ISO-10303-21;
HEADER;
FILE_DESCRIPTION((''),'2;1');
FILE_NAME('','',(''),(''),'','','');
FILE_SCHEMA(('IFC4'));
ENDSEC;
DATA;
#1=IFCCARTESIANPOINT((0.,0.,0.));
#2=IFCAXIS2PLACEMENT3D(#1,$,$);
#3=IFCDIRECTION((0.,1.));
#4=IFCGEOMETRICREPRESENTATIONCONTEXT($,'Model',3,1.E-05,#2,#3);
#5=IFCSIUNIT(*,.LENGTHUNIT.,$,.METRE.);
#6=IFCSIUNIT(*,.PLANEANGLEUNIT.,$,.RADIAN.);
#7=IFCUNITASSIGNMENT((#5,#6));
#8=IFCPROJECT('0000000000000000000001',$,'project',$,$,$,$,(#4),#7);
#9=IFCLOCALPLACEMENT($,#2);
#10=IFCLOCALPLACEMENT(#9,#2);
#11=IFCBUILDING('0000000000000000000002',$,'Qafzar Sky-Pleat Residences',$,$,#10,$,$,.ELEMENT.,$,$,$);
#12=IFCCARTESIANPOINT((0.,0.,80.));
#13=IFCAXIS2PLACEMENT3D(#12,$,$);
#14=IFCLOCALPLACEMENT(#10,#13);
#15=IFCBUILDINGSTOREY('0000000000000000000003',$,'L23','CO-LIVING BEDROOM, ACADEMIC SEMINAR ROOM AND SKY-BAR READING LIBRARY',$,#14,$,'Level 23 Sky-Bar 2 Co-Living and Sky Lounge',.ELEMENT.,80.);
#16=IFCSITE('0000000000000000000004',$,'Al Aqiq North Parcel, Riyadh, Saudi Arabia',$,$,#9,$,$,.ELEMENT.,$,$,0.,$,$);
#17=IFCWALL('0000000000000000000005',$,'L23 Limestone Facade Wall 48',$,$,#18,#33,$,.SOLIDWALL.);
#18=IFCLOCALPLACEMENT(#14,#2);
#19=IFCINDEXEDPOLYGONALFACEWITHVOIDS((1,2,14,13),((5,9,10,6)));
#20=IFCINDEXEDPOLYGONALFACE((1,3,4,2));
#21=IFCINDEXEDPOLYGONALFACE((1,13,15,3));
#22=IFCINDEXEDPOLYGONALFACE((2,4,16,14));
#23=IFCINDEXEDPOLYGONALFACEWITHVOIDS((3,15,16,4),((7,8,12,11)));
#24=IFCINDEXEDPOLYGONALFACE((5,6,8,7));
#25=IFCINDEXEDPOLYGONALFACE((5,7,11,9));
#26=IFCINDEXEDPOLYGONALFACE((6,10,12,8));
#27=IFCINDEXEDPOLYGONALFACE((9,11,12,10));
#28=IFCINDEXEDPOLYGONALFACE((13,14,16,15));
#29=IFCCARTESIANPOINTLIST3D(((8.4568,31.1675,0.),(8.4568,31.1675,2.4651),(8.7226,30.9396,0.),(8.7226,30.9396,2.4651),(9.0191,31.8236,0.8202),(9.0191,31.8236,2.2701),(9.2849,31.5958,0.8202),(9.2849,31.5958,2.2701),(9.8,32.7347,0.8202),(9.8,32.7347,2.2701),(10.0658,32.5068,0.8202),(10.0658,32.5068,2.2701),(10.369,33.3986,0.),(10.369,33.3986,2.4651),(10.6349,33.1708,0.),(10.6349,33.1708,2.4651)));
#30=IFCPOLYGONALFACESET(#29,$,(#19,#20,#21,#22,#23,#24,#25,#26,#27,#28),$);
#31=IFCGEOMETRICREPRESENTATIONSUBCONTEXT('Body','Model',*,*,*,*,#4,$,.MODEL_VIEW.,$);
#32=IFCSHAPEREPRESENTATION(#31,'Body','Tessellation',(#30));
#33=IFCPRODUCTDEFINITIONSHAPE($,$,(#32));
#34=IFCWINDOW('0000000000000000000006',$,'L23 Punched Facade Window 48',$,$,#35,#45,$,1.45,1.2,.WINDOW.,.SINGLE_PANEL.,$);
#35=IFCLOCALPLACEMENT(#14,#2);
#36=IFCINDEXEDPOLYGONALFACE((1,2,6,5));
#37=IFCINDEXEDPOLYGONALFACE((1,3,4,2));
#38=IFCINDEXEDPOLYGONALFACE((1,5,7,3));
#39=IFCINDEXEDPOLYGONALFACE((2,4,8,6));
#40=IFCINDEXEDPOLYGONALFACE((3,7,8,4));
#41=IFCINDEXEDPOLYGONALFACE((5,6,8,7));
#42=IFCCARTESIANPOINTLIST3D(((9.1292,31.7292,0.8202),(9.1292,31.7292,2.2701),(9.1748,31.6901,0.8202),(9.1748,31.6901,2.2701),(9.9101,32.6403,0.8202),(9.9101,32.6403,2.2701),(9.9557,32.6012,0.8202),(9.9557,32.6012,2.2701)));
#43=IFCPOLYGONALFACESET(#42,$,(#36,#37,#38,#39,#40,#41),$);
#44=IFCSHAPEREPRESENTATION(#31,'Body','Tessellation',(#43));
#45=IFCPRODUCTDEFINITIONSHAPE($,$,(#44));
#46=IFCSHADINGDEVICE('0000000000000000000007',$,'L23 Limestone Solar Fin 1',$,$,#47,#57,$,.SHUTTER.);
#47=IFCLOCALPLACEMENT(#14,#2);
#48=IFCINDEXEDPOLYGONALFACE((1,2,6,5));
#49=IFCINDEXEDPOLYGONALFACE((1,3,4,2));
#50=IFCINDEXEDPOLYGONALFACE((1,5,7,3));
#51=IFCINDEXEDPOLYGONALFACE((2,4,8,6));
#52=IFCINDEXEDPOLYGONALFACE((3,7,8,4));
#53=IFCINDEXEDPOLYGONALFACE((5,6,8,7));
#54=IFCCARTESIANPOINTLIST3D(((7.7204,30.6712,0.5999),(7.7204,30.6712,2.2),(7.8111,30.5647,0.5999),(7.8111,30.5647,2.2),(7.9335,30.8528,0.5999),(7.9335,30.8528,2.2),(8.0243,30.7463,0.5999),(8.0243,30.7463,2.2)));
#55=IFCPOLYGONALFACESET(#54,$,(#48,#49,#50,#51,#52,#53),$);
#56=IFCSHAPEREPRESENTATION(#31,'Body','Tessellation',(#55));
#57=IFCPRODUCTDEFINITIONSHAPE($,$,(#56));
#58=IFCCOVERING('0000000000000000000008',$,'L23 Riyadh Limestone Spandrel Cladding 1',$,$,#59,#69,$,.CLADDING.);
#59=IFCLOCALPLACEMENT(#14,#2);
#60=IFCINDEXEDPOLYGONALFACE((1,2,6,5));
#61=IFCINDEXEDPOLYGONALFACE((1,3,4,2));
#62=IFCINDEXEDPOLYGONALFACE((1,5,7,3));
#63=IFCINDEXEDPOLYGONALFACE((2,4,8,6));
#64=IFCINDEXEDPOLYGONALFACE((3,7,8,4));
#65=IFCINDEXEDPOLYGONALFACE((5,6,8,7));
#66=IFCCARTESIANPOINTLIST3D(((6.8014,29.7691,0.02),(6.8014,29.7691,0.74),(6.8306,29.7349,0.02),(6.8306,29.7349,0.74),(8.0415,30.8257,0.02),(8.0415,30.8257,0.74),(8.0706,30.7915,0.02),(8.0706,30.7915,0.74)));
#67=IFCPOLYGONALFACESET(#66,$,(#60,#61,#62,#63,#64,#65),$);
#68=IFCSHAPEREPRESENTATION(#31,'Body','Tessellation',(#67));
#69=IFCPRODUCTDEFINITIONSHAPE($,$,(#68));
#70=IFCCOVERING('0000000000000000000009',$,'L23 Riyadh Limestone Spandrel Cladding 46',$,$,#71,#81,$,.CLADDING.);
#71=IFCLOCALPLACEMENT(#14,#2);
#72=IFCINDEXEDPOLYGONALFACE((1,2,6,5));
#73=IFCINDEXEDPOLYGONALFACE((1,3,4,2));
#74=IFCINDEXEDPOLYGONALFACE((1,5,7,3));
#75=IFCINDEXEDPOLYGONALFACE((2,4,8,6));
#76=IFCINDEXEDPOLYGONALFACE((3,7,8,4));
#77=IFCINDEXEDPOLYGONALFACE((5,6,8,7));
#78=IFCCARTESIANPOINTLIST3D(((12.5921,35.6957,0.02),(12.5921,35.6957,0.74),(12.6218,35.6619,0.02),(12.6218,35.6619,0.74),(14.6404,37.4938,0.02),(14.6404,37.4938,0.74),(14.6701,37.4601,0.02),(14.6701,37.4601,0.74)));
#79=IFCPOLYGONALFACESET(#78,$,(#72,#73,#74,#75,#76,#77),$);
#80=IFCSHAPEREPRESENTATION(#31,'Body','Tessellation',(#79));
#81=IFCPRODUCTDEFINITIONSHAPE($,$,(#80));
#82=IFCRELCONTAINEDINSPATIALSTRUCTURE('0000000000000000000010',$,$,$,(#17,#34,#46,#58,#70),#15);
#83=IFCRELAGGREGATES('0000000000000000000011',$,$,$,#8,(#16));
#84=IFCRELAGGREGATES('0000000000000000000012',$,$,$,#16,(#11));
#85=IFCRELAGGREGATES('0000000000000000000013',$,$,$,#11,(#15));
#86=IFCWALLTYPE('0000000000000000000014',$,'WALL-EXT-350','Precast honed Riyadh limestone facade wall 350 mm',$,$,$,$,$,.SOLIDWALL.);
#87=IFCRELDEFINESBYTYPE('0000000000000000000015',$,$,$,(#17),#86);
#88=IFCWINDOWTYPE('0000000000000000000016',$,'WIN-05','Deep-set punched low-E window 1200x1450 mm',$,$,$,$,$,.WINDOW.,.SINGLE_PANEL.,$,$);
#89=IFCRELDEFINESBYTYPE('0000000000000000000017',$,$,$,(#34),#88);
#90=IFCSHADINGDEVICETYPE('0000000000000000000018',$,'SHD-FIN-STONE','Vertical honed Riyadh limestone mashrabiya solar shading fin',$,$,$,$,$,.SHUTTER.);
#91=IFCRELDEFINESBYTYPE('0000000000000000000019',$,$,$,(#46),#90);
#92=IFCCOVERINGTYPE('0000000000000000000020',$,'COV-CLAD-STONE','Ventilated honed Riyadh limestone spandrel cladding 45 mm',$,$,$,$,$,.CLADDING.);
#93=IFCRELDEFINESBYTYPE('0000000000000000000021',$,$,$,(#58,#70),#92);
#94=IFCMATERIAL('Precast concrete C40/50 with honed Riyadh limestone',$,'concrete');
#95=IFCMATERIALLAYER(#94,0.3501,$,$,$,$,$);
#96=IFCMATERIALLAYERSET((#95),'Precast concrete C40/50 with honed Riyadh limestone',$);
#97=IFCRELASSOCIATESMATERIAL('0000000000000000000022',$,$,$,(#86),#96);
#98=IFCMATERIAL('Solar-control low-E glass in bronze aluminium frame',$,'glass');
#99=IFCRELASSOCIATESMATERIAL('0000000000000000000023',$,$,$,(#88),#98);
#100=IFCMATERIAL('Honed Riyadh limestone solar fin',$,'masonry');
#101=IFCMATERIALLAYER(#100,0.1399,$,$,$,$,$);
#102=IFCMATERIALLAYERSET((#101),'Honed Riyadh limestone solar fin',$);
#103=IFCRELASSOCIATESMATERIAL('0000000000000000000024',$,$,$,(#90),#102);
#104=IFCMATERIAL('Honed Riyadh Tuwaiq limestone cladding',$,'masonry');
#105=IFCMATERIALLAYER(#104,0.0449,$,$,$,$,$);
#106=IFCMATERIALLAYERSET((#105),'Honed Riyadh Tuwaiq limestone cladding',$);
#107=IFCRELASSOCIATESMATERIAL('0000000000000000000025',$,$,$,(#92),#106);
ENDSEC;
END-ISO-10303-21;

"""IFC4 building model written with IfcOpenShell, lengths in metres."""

from ifc_helpers import new_model, si_unit, direction, frame, frame_2d, origin, origin_2d, place, context, subcontext, project, spatial, rectangle, extrude, source, transform, mapped, material, layer, layer_set, type_object, element, fill, save


model = new_model("IFC4")

# Units and contexts
model_context = context("Model", 3, precision=1e-05, world=origin(), true_north=direction((0.0, 1.0)))
body_context = subcontext(model_context, "Body", "Model", "MODEL_VIEW")
ifc_project = project(units=[si_unit("LENGTHUNIT", "METRE"), si_unit("PLANEANGLEUNIT", "RADIAN")], contexts=[model_context])

# Site, building, storey
site_placement = place(None, origin())
site = spatial("IfcSite", under=ifc_project, at=site_placement, Name="Al Aqiq North Parcel, Riyadh, Saudi Arabia", CompositionType="ELEMENT", RefElevation=0.0)
building_placement = place(site_placement, origin())
building = spatial("IfcBuilding", under=site, at=building_placement, Name="Qafzar Sky-Pleat Residences", CompositionType="ELEMENT")
storey_placement = place(building_placement, frame((0.0, 0.0, 80.0)))
storey = spatial("IfcBuildingStorey", under=building, at=storey_placement, Name="L23", Description="CO-LIVING BEDROOM, ACADEMIC SEMINAR ROOM AND SKY-BAR READING LIBRARY", LongName="Level 23 Sky-Bar 2 Co-Living and Sky Lounge", CompositionType="ELEMENT", Elevation=80.0)

# Shared definitions
ifc_material_1 = material(Name="Precast concrete C40/50 with honed Riyadh limestone", Category="concrete")

# Shared definitions
ifc_layer_1 = layer(ifc_material_1, 0.3501)
ifc_layer_set_1 = layer_set([ifc_layer_1], Name="Precast concrete C40/50 with honed Riyadh limestone")
wall_type_1 = type_object("IfcWallType", Name="WALL-EXT-350", Description="Precast honed Riyadh limestone facade wall 350 mm", PredefinedType="SOLIDWALL", material=ifc_layer_set_1)
ifc_material_2 = material(Name="Solar-control low-E glass in bronze aluminium frame", Category="glass")

# Wall, opening, window
wall_1_placement = place(storey_placement, frame((10.502, 33.2847, 0.0), z_axis=(0.0, 0.0, 1.0), x_axis=(-0.650771, -0.759274, 0.0)))
wall_1 = element("IfcWall", 1, at=wall_1_placement, inside=storey, type_object=wall_type_1, Name="L23 Limestone Facade Wall 48", PredefinedType="SOLIDWALL", context=body_context, shape_type="SweptSolid", body=[
    extrude(rectangle(XDim=2.9385, YDim=0.3501, at=frame_2d((1.4692, 0.0))), origin(), (0.0, 0.0, 1.0), 2.4651),
])
opening_1_placement = place(wall_1_placement, frame((0.8743, 0.0, 0.8201)))
opening_1 = element("IfcOpeningElement", 2, at=opening_1_placement, cuts=wall_1, PredefinedType="OPENING", context=body_context, shape_type="SweptSolid", body=[
    extrude(rectangle(XDim=1.2, YDim=1.45, at=frame_2d((0.6001, 0.7251))), frame((0.0, 0.1851, 0.0), z_axis=(0.0, -1.0, 0.0), x_axis=(1.0, 0.0, 0.0)), (0.0, 0.0, 1.0), 0.3701),
])
window_type_1 = type_object("IfcWindowType", Name="WIN-05", Description="Deep-set punched low-E window 1200x1450 mm", PartitioningType="SINGLE_PANEL", PredefinedType="WINDOW", material=ifc_material_2)
shared_shape_1 = source(origin(), body_context, "Body", "SweptSolid", [
    extrude(rectangle(XDim=1.2, YDim=1.45, at=frame_2d((0.6001, 0.7251))), frame((0.0, 0.03, 0.0), z_axis=(0.0, -1.0, 0.0), x_axis=(1.0, 0.0, 0.0)), (0.0, 0.0, 1.0), 0.0601),
])
window_1_placement = place(opening_1_placement, origin())
window_1 = element("IfcWindow", 3, at=window_1_placement, inside=storey, type_object=window_type_1, Name="L23 Punched Facade Window 48", OverallHeight=1.45, OverallWidth=1.2, PartitioningType="SINGLE_PANEL", PredefinedType="WINDOW", context=body_context, shape_type="MappedRepresentation", body=[
    mapped(shared_shape_1, transform((0.0, 0.0, 0.0), x_axis=(1.0, 0.0, 0.0), y_axis=(0.0, 1.0, 0.0), z_axis=(0.0, 0.0, 1.0), scale=1.0)),
])
fill(opening_1, window_1)

# Shading device
ifc_material_3 = material(Name="Honed Riyadh limestone solar fin", Category="masonry")
ifc_layer_2 = layer(ifc_material_3, 0.1399)
ifc_layer_set_2 = layer_set([ifc_layer_2], Name="Honed Riyadh limestone solar fin")
shading_device_type = type_object("IfcShadingDeviceType", Name="SHD-FIN-STONE", Description="Vertical honed Riyadh limestone mashrabiya solar shading fin", PredefinedType="SHUTTER", material=ifc_layer_set_2)
shared_shape_2 = source(origin(), body_context, "Body", "SweptSolid", [
    extrude(rectangle(XDim=0.1399, YDim=0.28, at=origin_2d()), origin(), (0.0, 0.0, 1.0), 1.6001),
])
shading_device_placement = place(storey_placement, frame((7.8723, 30.7087, 0.5999), z_axis=(0.0, 0.0, 1.0), x_axis=(-0.648554, 0.761169, 0.0)))
element("IfcShadingDevice", 4, at=shading_device_placement, inside=storey, type_object=shading_device_type, Name="L23 Limestone Solar Fin 1", PredefinedType="SHUTTER", context=body_context, shape_type="MappedRepresentation", body=[
    mapped(shared_shape_2, transform((0.0, 0.0, 0.0), x_axis=(1.0, 0.0, 0.0), y_axis=(0.0, 1.0, 0.0), z_axis=(0.0, 0.0, 1.0), scale=1.0)),
])

# Coverings
ifc_material_4 = material(Name="Honed Riyadh Tuwaiq limestone cladding", Category="masonry")
ifc_layer_3 = layer(ifc_material_4, 0.0449)
ifc_layer_set_3 = layer_set([ifc_layer_3], Name="Honed Riyadh Tuwaiq limestone cladding")
covering_type = type_object("IfcCoveringType", Name="COV-CLAD-STONE", Description="Ventilated honed Riyadh limestone spandrel cladding 45 mm", PredefinedType="CLADDING", material=ifc_layer_set_3)
shared_shape_3 = source(origin(), body_context, "Body", "SweptSolid", [
    extrude(rectangle(XDim=1.6292, YDim=0.0449, at=origin_2d()), origin(), (0.0, 0.0, 1.0), 0.72),
])
covering_1_placement = place(storey_placement, frame((7.436, 30.2803, 0.02), z_axis=(0.0, 0.0, 1.0), x_axis=(-0.76116, -0.648564, 0.0)))
element("IfcCovering", 5, at=covering_1_placement, inside=storey, type_object=covering_type, Name="L23 Riyadh Limestone Spandrel Cladding 1", PredefinedType="CLADDING", context=body_context, shape_type="MappedRepresentation", body=[
    mapped(shared_shape_3, transform((0.0, 0.0, 0.0), x_axis=(1.0, 0.0, 0.0), y_axis=(0.0, 1.0, 0.0), z_axis=(0.0, 0.0, 1.0), scale=1.0)),
])
shared_shape_4 = source(origin(), body_context, "Body", "SweptSolid", [
    extrude(rectangle(XDim=2.7256, YDim=0.0449, at=origin_2d()), origin(), (0.0, 0.0, 1.0), 0.72),
])
covering_2_placement = place(storey_placement, frame((13.6311, 36.5779, 0.02), z_axis=(0.0, 0.0, 1.0), x_axis=(-0.751516, -0.659715, 0.0)))
element("IfcCovering", 6, at=covering_2_placement, inside=storey, type_object=covering_type, Name="L23 Riyadh Limestone Spandrel Cladding 46", PredefinedType="CLADDING", context=body_context, shape_type="MappedRepresentation", body=[
    mapped(shared_shape_4, transform((0.0, 0.0, 0.0), x_axis=(1.0, 0.0, 0.0), y_axis=(0.0, 1.0, 0.0), z_axis=(0.0, 0.0, 1.0), scale=1.0)),
])

save(model, "model.ifc")
